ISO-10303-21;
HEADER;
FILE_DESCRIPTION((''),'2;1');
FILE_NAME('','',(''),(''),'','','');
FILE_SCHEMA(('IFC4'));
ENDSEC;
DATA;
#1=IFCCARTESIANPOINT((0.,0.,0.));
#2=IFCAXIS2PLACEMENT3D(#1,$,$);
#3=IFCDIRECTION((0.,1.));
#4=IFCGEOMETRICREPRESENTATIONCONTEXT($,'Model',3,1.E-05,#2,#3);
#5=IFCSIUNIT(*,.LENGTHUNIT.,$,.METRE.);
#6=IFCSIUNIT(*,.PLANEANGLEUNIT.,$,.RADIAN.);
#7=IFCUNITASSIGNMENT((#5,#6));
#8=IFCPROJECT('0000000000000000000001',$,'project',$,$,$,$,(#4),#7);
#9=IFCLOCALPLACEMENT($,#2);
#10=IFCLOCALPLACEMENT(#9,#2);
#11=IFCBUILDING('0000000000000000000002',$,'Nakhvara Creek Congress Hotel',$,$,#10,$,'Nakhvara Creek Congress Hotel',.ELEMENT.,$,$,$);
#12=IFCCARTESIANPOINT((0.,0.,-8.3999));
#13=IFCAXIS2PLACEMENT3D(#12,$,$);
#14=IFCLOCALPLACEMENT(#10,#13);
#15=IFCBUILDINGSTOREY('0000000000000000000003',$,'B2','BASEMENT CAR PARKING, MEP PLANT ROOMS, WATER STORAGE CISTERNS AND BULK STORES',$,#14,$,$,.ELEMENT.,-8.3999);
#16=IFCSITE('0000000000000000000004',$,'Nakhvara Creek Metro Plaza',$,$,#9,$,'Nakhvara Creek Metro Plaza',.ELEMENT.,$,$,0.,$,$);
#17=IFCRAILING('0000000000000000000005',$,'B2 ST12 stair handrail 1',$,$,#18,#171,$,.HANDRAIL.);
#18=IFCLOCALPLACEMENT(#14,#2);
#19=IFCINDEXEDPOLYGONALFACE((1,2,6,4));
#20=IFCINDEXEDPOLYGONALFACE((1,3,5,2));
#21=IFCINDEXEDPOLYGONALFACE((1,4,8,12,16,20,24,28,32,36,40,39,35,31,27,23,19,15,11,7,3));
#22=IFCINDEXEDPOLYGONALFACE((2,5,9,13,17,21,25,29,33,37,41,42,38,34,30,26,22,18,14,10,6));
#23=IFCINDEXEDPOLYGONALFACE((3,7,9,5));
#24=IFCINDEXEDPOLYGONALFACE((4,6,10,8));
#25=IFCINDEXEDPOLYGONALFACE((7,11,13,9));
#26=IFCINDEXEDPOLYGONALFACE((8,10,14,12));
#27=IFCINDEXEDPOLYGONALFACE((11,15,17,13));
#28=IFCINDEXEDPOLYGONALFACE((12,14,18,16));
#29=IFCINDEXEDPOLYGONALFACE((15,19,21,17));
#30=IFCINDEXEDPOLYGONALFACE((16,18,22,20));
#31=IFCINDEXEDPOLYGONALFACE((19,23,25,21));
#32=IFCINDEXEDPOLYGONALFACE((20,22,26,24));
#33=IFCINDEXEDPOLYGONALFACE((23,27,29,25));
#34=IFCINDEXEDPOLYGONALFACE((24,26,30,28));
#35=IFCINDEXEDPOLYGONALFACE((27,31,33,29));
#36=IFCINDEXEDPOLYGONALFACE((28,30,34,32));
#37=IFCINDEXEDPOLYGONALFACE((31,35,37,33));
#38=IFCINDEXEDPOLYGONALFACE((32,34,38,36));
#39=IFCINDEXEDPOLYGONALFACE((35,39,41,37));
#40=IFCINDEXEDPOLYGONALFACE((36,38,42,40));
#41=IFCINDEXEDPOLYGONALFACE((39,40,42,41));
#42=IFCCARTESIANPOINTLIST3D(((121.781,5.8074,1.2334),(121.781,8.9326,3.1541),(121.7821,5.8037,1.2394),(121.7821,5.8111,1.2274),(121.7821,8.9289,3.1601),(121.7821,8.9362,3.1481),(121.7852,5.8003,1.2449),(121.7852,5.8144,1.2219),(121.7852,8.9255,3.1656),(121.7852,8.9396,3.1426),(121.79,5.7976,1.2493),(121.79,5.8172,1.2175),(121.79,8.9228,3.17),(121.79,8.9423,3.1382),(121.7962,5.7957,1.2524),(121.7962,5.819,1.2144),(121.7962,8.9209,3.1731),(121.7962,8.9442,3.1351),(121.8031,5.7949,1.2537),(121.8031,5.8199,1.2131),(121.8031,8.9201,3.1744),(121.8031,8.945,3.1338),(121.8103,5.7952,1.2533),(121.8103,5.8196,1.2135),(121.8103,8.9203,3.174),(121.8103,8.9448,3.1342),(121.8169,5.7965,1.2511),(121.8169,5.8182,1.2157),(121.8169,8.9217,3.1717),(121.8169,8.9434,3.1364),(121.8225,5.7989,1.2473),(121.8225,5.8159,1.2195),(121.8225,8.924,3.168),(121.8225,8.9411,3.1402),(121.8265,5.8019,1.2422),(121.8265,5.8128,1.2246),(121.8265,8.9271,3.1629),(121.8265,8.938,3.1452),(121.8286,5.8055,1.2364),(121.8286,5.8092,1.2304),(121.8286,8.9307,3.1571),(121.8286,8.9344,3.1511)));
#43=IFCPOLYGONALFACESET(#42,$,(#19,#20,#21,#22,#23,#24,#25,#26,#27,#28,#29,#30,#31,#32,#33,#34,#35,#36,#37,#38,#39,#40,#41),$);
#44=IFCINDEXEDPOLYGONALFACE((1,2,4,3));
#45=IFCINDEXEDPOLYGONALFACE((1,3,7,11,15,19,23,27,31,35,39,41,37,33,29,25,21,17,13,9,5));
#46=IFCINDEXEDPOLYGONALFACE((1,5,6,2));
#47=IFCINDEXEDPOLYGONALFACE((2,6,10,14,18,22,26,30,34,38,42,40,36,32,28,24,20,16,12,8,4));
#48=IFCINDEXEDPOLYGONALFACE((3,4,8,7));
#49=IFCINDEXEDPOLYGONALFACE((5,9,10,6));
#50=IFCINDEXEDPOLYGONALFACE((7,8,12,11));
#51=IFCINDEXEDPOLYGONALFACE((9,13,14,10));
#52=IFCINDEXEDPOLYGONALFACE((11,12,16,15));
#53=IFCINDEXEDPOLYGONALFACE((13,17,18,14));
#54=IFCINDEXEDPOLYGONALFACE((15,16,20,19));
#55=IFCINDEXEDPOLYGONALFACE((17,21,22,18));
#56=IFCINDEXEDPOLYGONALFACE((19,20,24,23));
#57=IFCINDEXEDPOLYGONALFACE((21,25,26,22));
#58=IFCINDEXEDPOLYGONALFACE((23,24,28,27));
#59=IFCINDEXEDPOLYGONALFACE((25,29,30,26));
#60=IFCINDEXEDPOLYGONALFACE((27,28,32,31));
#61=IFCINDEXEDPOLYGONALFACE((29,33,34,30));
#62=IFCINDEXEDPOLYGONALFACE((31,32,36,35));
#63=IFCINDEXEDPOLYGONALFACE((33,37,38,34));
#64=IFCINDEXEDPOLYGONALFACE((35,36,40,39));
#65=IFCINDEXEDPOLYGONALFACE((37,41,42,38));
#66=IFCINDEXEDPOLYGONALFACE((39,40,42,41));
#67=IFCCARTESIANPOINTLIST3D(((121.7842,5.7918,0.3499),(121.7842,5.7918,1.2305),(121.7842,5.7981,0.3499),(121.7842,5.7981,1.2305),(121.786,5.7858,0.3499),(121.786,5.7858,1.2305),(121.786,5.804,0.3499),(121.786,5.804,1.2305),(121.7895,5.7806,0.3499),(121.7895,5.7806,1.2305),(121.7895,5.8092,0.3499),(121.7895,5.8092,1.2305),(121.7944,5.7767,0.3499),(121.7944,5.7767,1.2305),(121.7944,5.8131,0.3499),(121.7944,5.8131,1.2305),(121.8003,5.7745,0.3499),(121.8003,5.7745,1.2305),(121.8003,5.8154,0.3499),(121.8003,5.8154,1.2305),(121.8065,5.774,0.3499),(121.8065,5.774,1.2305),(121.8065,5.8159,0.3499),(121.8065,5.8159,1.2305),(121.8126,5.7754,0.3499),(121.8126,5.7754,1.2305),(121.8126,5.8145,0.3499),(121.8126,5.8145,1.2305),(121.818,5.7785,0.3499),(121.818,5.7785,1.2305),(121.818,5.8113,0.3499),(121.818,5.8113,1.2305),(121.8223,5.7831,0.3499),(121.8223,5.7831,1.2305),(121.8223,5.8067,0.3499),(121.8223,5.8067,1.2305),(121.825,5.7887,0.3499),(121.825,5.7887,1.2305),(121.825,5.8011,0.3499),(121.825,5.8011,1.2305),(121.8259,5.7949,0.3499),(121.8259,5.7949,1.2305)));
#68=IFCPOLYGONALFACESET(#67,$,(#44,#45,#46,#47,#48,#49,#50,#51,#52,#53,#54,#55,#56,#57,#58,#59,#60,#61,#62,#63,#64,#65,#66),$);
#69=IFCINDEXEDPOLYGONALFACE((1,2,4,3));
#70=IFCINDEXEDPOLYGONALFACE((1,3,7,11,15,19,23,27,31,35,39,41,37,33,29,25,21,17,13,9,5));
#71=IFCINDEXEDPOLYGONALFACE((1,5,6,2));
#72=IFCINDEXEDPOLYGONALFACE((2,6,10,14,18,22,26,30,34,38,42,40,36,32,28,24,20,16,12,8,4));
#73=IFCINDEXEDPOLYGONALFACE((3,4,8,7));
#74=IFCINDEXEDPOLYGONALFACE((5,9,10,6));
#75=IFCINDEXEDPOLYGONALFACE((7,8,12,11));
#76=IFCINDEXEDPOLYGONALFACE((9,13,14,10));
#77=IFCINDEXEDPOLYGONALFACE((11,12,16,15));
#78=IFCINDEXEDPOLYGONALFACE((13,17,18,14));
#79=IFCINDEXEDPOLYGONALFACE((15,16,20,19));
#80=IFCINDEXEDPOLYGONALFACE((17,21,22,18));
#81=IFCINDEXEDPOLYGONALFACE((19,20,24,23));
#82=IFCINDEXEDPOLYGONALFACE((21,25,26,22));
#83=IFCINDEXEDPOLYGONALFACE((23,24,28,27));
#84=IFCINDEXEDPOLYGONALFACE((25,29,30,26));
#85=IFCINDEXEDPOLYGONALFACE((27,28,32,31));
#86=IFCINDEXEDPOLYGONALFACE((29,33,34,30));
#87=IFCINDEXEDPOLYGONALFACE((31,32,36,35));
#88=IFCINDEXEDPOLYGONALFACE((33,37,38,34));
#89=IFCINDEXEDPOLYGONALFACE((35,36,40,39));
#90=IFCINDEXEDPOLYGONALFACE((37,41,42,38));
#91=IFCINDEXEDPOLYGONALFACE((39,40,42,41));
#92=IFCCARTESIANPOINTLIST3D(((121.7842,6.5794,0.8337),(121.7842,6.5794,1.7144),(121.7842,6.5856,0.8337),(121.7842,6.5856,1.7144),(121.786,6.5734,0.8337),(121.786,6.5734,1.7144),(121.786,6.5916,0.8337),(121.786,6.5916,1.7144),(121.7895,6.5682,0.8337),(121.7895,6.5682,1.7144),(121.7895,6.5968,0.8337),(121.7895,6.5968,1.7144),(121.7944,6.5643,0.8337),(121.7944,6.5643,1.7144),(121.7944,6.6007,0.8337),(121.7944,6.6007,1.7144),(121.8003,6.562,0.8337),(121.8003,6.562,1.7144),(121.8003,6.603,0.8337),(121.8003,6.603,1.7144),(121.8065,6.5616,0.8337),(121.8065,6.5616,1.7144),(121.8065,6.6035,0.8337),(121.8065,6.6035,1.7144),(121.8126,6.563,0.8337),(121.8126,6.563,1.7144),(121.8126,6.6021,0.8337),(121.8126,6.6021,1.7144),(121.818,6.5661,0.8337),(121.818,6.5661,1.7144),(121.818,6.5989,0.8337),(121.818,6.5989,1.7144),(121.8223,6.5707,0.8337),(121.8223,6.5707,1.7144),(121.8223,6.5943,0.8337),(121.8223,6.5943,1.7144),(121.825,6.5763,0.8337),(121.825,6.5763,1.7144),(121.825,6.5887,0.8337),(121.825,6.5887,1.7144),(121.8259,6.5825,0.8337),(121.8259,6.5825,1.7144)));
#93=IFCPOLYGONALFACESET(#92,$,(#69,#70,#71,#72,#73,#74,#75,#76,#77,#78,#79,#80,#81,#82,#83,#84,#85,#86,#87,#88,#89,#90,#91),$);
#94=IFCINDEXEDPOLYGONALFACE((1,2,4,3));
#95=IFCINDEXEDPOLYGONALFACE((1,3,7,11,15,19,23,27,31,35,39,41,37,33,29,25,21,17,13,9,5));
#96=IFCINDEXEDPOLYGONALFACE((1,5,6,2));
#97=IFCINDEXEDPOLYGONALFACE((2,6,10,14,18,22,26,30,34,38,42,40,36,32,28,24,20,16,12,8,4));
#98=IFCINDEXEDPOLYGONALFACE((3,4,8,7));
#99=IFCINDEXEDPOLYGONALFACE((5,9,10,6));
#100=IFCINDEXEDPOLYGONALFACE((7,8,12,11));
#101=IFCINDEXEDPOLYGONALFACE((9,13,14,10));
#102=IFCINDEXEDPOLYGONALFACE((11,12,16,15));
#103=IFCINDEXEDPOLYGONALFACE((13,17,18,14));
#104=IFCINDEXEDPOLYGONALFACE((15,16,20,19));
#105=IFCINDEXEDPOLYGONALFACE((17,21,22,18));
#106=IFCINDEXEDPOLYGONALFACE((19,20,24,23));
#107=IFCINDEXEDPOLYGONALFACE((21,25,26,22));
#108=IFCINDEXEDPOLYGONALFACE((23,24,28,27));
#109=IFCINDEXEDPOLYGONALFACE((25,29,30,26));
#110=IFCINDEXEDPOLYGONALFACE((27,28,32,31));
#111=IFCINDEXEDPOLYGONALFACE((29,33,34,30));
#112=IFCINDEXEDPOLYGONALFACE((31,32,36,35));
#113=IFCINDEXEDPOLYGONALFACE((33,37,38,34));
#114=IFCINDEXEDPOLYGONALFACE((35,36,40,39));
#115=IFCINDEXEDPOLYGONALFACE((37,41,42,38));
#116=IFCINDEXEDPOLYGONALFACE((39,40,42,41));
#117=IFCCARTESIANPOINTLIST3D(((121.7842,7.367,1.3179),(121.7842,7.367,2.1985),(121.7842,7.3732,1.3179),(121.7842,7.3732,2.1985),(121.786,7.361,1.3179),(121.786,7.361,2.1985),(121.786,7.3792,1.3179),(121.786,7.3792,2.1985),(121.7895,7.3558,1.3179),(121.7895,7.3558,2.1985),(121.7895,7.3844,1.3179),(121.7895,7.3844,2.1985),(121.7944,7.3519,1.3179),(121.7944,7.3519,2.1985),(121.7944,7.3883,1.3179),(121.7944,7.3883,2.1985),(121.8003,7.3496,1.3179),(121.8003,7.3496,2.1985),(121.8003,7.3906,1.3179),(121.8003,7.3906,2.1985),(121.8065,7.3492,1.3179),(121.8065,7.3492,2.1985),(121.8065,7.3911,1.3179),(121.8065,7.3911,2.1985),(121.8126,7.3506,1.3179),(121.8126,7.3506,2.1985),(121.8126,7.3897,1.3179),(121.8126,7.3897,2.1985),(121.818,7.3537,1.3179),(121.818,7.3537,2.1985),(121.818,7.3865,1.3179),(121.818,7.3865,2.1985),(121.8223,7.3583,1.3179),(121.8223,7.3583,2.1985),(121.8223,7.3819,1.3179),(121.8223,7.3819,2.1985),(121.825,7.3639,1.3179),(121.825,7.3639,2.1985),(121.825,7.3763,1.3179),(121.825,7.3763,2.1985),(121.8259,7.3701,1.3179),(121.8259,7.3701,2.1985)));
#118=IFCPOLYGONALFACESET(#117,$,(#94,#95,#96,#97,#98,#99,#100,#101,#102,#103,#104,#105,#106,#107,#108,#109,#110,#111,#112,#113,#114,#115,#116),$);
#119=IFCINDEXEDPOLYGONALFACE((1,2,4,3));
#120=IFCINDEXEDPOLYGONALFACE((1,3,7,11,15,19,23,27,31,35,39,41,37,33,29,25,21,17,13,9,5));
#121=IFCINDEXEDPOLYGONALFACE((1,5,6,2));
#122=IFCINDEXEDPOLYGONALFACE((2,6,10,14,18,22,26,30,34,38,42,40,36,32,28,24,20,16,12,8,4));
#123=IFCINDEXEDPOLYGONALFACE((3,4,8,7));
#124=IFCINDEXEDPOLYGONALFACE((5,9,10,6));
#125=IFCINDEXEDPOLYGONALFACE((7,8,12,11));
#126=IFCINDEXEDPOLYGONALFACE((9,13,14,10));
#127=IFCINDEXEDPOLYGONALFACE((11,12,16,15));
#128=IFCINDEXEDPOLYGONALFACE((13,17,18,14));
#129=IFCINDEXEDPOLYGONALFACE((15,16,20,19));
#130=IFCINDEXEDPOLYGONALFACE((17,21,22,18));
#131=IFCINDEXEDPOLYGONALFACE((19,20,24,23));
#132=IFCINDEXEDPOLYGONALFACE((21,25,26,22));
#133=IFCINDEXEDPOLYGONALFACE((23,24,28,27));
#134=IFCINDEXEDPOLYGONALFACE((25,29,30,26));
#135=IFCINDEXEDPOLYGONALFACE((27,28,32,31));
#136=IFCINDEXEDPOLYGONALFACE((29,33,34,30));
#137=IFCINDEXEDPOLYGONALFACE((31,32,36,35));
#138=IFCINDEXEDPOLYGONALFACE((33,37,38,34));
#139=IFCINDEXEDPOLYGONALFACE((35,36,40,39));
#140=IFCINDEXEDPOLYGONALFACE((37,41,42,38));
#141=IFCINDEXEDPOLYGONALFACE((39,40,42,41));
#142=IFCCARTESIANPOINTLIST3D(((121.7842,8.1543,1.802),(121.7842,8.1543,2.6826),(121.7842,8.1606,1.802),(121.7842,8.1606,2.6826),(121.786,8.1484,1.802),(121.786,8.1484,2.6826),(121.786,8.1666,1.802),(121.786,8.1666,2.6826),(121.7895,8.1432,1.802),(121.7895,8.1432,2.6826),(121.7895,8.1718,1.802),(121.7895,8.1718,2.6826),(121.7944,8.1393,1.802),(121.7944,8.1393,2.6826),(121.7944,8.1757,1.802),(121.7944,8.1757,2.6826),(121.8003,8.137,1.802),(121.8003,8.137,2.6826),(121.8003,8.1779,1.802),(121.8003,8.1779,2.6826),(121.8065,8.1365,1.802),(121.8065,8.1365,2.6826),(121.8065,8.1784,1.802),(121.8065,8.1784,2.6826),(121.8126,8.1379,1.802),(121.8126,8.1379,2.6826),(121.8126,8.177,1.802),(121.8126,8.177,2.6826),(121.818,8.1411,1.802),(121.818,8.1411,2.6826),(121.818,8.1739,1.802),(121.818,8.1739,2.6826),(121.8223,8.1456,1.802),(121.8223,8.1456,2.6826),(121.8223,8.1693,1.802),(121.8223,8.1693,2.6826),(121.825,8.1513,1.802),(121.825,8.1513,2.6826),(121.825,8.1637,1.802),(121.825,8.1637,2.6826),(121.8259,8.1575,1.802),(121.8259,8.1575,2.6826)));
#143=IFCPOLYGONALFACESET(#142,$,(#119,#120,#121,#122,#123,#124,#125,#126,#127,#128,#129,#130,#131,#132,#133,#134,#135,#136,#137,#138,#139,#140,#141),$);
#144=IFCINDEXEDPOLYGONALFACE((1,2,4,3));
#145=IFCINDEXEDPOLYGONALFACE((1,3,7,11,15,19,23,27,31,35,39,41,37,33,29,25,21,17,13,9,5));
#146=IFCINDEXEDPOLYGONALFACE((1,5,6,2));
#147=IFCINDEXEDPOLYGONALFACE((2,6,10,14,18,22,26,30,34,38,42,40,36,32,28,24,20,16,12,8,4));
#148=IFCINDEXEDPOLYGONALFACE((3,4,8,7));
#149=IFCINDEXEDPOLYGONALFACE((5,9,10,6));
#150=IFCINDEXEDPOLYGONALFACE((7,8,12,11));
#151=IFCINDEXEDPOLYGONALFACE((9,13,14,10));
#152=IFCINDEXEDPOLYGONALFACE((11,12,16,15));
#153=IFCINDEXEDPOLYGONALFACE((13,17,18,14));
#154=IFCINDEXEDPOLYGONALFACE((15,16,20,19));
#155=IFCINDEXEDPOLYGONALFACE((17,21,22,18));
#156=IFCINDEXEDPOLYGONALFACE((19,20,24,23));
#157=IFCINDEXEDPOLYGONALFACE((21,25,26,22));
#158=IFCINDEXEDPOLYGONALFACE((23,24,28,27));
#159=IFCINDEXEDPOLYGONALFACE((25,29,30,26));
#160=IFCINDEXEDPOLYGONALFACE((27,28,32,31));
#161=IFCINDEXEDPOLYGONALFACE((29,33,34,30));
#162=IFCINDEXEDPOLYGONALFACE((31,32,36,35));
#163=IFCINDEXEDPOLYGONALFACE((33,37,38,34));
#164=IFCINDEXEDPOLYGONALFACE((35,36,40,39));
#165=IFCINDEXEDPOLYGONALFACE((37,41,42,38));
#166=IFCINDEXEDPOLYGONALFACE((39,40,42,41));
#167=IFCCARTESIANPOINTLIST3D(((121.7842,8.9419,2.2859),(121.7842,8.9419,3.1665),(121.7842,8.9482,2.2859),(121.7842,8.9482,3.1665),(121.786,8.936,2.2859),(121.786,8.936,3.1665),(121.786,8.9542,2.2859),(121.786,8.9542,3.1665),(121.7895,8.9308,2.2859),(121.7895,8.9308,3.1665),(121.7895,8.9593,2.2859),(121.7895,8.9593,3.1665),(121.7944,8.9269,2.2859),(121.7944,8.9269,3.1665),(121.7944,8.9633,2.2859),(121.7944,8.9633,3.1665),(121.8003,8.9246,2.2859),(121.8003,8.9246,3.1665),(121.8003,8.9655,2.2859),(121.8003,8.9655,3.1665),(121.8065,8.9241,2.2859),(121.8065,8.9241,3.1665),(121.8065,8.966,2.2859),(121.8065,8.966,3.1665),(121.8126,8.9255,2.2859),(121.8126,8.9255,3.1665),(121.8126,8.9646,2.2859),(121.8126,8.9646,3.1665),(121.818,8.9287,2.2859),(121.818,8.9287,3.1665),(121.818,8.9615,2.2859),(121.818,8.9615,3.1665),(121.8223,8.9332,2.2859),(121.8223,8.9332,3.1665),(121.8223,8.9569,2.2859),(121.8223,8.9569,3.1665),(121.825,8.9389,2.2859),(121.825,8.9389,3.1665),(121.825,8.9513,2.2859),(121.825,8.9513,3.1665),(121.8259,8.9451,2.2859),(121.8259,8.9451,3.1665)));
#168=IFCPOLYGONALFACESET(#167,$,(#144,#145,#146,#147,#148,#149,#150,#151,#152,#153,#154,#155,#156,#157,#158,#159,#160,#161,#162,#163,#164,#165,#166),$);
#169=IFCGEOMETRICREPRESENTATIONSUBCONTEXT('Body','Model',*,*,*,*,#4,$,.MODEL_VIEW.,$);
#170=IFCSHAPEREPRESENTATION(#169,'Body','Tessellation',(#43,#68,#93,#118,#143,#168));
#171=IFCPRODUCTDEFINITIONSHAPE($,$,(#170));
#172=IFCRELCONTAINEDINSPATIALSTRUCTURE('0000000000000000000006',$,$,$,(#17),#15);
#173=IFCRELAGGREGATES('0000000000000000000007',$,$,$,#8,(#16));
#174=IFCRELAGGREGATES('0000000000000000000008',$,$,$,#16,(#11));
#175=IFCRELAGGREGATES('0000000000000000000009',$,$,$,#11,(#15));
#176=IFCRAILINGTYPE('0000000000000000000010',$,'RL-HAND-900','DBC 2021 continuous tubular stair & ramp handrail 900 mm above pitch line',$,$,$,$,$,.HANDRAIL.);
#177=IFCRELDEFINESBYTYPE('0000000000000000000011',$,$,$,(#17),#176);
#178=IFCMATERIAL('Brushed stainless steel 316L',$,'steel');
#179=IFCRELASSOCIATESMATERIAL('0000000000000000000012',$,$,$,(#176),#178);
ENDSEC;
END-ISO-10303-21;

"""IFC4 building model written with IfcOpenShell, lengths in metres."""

from ifc_helpers import new_model, si_unit, direction, frame, origin, origin_2d, place, context, subcontext, project, spatial, circle, extrude, material, type_object, element, save


model = new_model("IFC4")

# Units and contexts
model_context = context("Model", 3, precision=1e-05, world=origin(), true_north=direction((0.0, 1.0)))
body_context = subcontext(model_context, "Body", "Model", "MODEL_VIEW")
ifc_project = project(units=[si_unit("LENGTHUNIT", "METRE"), si_unit("PLANEANGLEUNIT", "RADIAN")], contexts=[model_context])

# Site, building, storey
site_placement = place(None, origin())
site = spatial("IfcSite", under=ifc_project, at=site_placement, Name="Nakhvara Creek Metro Plaza", LongName="Nakhvara Creek Metro Plaza", CompositionType="ELEMENT", RefElevation=0.0)
building_placement = place(site_placement, origin())
building = spatial("IfcBuilding", under=site, at=building_placement, Name="Nakhvara Creek Congress Hotel", LongName="Nakhvara Creek Congress Hotel", CompositionType="ELEMENT")
storey_placement = place(building_placement, frame((0.0, 0.0, -8.3999)))
storey = spatial("IfcBuildingStorey", under=building, at=storey_placement, Name="B2", Description="BASEMENT CAR PARKING, MEP PLANT ROOMS, WATER STORAGE CISTERNS AND BULK STORES", CompositionType="ELEMENT", Elevation=-8.3999)

# Railing
ifc_material_1 = material(Name="Brushed stainless steel 316L", Category="steel")
railing_type_1 = type_object("IfcRailingType", Name="RL-HAND-900", Description="DBC 2021 continuous tubular stair & ramp handrail 900 mm above pitch line", PredefinedType="HANDRAIL", material=ifc_material_1)
railing_1_placement = place(storey_placement, frame((121.8049, 5.7949, 0.3499)))
element("IfcRailing", 1, at=railing_1_placement, inside=storey, type_object=railing_type_1, Name="B2 ST12 stair handrail 1", PredefinedType="HANDRAIL", context=body_context, shape_type="SweptSolid", body=[
    extrude(circle(Radius=0.0239, at=origin_2d()), frame((0.0, 0.0125, 0.8835), z_axis=(0.0, 0.851962, 0.523604), x_axis=(-1.0, 0.0, 0.0)), (0.0, 0.0, 1.0), 3.6682),
    extrude(circle(Radius=0.021, at=origin_2d()), origin(), (0.0, 0.0, 1.0), 0.8806),
    extrude(circle(Radius=0.021, at=origin_2d()), frame((0.0, 0.7876, 0.4839)), (0.0, 0.0, 1.0), 0.8806),
    extrude(circle(Radius=0.021, at=origin_2d()), frame((0.0, 1.5752, 0.968)), (0.0, 0.0, 1.0), 0.8806),
    extrude(circle(Radius=0.021, at=origin_2d()), frame((0.0, 2.3625, 1.4521)), (0.0, 0.0, 1.0), 0.8806),
    extrude(circle(Radius=0.021, at=origin_2d()), frame((0.0, 3.1501, 1.936)), (0.0, 0.0, 1.0), 0.8806),
])

save(model, "model.ifc")
